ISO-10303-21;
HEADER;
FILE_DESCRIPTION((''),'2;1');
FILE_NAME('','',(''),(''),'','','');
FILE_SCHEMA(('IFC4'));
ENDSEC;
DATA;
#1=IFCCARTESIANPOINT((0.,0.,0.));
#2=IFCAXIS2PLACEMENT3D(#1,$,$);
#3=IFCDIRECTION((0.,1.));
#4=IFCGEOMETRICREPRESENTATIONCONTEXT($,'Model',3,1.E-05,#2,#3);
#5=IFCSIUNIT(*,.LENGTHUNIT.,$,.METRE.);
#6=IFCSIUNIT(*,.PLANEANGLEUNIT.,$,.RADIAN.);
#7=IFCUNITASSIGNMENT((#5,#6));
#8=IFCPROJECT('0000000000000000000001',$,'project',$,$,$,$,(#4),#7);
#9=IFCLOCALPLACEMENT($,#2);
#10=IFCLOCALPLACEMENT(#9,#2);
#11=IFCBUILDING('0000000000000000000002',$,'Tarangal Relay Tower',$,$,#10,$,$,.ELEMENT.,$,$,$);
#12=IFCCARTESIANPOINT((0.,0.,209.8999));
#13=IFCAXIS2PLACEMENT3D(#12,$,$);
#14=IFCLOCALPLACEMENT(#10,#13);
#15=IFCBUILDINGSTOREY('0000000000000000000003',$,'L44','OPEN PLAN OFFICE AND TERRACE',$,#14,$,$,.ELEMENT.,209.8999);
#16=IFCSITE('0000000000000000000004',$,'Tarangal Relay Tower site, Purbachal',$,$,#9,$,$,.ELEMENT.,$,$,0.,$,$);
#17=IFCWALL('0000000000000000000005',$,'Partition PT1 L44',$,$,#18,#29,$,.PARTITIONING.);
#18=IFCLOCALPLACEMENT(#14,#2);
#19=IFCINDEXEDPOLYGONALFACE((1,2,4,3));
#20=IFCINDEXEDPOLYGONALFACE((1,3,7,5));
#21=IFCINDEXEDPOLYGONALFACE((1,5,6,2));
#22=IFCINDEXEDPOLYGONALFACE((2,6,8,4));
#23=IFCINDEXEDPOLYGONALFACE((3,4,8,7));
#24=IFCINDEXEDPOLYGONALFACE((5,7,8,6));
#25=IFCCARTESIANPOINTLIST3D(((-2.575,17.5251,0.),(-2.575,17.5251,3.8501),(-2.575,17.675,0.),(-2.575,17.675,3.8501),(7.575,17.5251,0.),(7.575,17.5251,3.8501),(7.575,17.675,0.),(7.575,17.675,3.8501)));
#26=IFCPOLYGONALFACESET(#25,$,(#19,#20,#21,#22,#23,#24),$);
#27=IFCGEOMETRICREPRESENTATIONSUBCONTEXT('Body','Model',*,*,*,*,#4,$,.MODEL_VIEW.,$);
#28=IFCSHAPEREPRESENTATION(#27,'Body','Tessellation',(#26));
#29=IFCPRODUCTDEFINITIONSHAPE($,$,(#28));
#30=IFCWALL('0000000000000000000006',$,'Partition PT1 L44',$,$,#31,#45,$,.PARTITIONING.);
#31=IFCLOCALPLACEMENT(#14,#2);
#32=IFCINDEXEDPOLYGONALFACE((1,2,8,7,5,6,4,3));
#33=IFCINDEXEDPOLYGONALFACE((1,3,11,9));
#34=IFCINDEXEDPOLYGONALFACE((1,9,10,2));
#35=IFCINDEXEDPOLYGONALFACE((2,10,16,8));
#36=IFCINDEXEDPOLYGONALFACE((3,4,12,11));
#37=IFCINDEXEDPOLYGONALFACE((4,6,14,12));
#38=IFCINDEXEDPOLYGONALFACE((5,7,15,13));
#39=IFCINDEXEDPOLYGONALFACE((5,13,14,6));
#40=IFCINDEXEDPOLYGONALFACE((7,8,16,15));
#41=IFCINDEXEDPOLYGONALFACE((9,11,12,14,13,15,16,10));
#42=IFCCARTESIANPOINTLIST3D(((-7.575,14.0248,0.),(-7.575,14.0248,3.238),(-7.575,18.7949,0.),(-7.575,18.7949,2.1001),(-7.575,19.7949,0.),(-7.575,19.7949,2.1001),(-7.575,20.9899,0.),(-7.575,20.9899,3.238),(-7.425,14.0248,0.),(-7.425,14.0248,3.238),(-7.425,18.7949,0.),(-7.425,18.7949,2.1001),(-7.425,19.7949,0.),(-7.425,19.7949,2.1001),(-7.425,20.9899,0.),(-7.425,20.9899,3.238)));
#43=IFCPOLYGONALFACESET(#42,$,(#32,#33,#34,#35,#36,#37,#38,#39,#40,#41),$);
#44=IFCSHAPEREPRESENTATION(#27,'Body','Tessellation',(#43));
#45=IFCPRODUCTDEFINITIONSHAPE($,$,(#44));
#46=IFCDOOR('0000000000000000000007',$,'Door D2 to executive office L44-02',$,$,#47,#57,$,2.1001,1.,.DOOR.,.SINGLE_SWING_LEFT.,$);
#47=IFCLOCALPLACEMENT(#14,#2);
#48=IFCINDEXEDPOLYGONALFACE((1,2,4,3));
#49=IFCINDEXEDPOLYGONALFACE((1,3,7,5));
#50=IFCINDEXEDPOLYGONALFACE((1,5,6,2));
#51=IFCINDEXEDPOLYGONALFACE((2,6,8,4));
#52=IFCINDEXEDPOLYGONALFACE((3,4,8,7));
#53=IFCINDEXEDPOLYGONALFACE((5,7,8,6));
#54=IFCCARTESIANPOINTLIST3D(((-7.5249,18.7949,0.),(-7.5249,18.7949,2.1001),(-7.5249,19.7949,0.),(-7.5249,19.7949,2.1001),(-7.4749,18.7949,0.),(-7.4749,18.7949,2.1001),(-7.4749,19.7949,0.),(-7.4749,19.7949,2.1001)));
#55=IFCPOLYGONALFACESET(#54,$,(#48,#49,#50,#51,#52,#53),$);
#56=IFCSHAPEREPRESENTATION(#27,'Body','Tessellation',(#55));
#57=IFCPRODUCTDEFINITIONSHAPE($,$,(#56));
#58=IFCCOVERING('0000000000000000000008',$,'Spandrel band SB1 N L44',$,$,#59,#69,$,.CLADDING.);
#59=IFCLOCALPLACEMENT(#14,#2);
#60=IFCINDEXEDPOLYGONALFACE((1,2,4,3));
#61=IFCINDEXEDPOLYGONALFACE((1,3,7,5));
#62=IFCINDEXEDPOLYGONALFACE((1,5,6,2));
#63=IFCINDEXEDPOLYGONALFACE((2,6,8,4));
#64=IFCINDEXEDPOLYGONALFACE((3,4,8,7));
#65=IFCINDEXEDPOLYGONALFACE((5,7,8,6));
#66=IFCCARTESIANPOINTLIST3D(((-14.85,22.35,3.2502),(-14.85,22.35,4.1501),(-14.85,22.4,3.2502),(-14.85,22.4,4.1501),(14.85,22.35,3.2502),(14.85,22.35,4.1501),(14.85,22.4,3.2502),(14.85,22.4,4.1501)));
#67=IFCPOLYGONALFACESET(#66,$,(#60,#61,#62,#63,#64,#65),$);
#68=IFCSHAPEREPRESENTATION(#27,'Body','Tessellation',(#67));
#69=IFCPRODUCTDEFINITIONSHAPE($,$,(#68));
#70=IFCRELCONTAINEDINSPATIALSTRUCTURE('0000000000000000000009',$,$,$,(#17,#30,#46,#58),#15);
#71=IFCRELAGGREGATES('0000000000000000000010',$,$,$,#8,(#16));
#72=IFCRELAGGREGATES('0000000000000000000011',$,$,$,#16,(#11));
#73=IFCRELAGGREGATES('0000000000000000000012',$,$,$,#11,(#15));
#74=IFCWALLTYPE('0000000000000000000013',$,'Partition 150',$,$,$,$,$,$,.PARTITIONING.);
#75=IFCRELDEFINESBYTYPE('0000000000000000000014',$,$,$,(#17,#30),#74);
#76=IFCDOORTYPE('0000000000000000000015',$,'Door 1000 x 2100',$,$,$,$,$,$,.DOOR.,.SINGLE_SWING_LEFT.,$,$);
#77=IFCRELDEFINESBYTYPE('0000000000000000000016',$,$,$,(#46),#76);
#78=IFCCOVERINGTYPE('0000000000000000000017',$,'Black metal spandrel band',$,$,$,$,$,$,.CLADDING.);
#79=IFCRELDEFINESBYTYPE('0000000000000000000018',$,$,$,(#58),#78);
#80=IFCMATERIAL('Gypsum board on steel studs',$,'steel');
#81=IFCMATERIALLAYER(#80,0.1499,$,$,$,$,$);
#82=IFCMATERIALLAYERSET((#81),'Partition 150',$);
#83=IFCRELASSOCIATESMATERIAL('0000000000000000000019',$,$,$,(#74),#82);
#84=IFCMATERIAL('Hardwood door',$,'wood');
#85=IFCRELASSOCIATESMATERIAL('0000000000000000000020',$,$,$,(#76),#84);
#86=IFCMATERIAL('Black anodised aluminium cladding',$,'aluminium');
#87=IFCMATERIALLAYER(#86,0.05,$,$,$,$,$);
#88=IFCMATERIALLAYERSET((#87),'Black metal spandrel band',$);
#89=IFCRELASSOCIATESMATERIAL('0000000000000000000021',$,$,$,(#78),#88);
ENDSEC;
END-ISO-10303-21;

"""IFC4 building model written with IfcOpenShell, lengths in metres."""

from ifc_helpers import new_model, si_unit, direction, frame, frame_2d, origin, origin_2d, place, context, subcontext, project, spatial, rectangle, extrude, material, layer, layer_set, type_object, element, fill, save


model = new_model("IFC4")

# Units and contexts
model_context = context("Model", 3, precision=1e-05, world=origin(), true_north=direction((0.0, 1.0)))
body_context = subcontext(model_context, "Body", "Model", "MODEL_VIEW")
ifc_project = project(units=[si_unit("LENGTHUNIT", "METRE"), si_unit("PLANEANGLEUNIT", "RADIAN")], contexts=[model_context])

# Site, building, storey
site_placement = place(None, origin())
site = spatial("IfcSite", under=ifc_project, at=site_placement, Name="Tarangal Relay Tower site, Purbachal", CompositionType="ELEMENT", RefElevation=0.0)
building_placement = place(site_placement, origin())
building = spatial("IfcBuilding", under=site, at=building_placement, Name="Tarangal Relay Tower", CompositionType="ELEMENT")
storey_placement = place(building_placement, frame((0.0, 0.0, 209.8999)))
storey = spatial("IfcBuildingStorey", under=building, at=storey_placement, Name="L44", Description="OPEN PLAN OFFICE AND TERRACE", CompositionType="ELEMENT", Elevation=209.8999)

# Wall
ifc_material_1 = material(Name="Gypsum board on steel studs", Category="steel")
ifc_layer_1 = layer(ifc_material_1, 0.1499)
ifc_layer_set_1 = layer_set([ifc_layer_1], Name="Partition 150")
wall_type_1 = type_object("IfcWallType", Name="Partition 150", PredefinedType="PARTITIONING", material=ifc_layer_set_1)
wall_1_placement = place(storey_placement, frame((-2.575, 17.6001, 0.0), z_axis=(0.0, 0.0, 1.0), x_axis=(1.0, 0.0, 0.0)))
element("IfcWall", 1, at=wall_1_placement, inside=storey, type_object=wall_type_1, Name="Partition PT1 L44", PredefinedType="PARTITIONING", context=body_context, shape_type="SweptSolid", body=[
    extrude(rectangle(XDim=10.1499, YDim=0.1499, at=frame_2d((5.075, 0.0))), origin(), (0.0, 0.0, 1.0), 3.8501),
])

# Wall, opening, door
wall_2_placement = place(storey_placement, frame((-7.5, 14.0249, 0.0), z_axis=(0.0, 0.0, 1.0), x_axis=(0.0, 1.0, 0.0)))
wall_2 = element("IfcWall", 2, at=wall_2_placement, inside=storey, type_object=wall_type_1, Name="Partition PT1 L44", PredefinedType="PARTITIONING", context=body_context, shape_type="SweptSolid", body=[
    extrude(rectangle(XDim=6.9651, YDim=0.1499, at=frame_2d((3.4824, 0.0))), origin(), (0.0, 0.0, 1.0), 3.238),
])
opening_1_placement = place(wall_2_placement, frame((4.77, 0.0, 0.0)))
opening_1 = element("IfcOpeningElement", 3, at=opening_1_placement, cuts=wall_2, PredefinedType="OPENING", context=body_context, shape_type="SweptSolid", body=[
    extrude(rectangle(XDim=1.0, YDim=2.1001, at=frame_2d((0.5, 1.05))), frame((0.0, 0.085, 0.0), z_axis=(0.0, -1.0, 0.0), x_axis=(1.0, 0.0, 0.0)), (0.0, 0.0, 1.0), 0.1699),
])
ifc_material_2 = material(Name="Hardwood door", Category="wood")
door_type_1 = type_object("IfcDoorType", Name="Door 1000 x 2100", OperationType="SINGLE_SWING_LEFT", PredefinedType="DOOR", material=ifc_material_2)
door_1_placement = place(opening_1_placement, origin())
door_1 = element("IfcDoor", 4, at=door_1_placement, inside=storey, type_object=door_type_1, Name="Door D2 to executive office L44-02", OperationType="SINGLE_SWING_LEFT", OverallHeight=2.1001, OverallWidth=1.0, PredefinedType="DOOR", context=body_context, shape_type="SweptSolid", body=[
    extrude(rectangle(XDim=1.0, YDim=2.1001, at=frame_2d((0.5, 1.05))), frame((0.0, 0.0249, 0.0), z_axis=(0.0, -1.0, 0.0), x_axis=(1.0, 0.0, 0.0)), (0.0, 0.0, 1.0), 0.05),
])
fill(opening_1, door_1)

# Covering
ifc_material_3 = material(Name="Black anodised aluminium cladding", Category="aluminium")
ifc_layer_2 = layer(ifc_material_3, 0.05)
ifc_layer_set_2 = layer_set([ifc_layer_2], Name="Black metal spandrel band")
covering_type = type_object("IfcCoveringType", Name="Black metal spandrel band", PredefinedType="CLADDING", material=ifc_layer_set_2)
covering_placement = place(storey_placement, frame((0.0, 22.375, 3.2502), z_axis=(0.0, 0.0, 1.0), x_axis=(1.0, 0.0, 0.0)))
element("IfcCovering", 5, at=covering_placement, inside=storey, type_object=covering_type, Name="Spandrel band SB1 N L44", PredefinedType="CLADDING", context=body_context, shape_type="SweptSolid", body=[
    extrude(rectangle(XDim=29.7, YDim=0.05, at=origin_2d()), origin(), (0.0, 0.0, 1.0), 0.8999),
])

save(model, "model.ifc")
